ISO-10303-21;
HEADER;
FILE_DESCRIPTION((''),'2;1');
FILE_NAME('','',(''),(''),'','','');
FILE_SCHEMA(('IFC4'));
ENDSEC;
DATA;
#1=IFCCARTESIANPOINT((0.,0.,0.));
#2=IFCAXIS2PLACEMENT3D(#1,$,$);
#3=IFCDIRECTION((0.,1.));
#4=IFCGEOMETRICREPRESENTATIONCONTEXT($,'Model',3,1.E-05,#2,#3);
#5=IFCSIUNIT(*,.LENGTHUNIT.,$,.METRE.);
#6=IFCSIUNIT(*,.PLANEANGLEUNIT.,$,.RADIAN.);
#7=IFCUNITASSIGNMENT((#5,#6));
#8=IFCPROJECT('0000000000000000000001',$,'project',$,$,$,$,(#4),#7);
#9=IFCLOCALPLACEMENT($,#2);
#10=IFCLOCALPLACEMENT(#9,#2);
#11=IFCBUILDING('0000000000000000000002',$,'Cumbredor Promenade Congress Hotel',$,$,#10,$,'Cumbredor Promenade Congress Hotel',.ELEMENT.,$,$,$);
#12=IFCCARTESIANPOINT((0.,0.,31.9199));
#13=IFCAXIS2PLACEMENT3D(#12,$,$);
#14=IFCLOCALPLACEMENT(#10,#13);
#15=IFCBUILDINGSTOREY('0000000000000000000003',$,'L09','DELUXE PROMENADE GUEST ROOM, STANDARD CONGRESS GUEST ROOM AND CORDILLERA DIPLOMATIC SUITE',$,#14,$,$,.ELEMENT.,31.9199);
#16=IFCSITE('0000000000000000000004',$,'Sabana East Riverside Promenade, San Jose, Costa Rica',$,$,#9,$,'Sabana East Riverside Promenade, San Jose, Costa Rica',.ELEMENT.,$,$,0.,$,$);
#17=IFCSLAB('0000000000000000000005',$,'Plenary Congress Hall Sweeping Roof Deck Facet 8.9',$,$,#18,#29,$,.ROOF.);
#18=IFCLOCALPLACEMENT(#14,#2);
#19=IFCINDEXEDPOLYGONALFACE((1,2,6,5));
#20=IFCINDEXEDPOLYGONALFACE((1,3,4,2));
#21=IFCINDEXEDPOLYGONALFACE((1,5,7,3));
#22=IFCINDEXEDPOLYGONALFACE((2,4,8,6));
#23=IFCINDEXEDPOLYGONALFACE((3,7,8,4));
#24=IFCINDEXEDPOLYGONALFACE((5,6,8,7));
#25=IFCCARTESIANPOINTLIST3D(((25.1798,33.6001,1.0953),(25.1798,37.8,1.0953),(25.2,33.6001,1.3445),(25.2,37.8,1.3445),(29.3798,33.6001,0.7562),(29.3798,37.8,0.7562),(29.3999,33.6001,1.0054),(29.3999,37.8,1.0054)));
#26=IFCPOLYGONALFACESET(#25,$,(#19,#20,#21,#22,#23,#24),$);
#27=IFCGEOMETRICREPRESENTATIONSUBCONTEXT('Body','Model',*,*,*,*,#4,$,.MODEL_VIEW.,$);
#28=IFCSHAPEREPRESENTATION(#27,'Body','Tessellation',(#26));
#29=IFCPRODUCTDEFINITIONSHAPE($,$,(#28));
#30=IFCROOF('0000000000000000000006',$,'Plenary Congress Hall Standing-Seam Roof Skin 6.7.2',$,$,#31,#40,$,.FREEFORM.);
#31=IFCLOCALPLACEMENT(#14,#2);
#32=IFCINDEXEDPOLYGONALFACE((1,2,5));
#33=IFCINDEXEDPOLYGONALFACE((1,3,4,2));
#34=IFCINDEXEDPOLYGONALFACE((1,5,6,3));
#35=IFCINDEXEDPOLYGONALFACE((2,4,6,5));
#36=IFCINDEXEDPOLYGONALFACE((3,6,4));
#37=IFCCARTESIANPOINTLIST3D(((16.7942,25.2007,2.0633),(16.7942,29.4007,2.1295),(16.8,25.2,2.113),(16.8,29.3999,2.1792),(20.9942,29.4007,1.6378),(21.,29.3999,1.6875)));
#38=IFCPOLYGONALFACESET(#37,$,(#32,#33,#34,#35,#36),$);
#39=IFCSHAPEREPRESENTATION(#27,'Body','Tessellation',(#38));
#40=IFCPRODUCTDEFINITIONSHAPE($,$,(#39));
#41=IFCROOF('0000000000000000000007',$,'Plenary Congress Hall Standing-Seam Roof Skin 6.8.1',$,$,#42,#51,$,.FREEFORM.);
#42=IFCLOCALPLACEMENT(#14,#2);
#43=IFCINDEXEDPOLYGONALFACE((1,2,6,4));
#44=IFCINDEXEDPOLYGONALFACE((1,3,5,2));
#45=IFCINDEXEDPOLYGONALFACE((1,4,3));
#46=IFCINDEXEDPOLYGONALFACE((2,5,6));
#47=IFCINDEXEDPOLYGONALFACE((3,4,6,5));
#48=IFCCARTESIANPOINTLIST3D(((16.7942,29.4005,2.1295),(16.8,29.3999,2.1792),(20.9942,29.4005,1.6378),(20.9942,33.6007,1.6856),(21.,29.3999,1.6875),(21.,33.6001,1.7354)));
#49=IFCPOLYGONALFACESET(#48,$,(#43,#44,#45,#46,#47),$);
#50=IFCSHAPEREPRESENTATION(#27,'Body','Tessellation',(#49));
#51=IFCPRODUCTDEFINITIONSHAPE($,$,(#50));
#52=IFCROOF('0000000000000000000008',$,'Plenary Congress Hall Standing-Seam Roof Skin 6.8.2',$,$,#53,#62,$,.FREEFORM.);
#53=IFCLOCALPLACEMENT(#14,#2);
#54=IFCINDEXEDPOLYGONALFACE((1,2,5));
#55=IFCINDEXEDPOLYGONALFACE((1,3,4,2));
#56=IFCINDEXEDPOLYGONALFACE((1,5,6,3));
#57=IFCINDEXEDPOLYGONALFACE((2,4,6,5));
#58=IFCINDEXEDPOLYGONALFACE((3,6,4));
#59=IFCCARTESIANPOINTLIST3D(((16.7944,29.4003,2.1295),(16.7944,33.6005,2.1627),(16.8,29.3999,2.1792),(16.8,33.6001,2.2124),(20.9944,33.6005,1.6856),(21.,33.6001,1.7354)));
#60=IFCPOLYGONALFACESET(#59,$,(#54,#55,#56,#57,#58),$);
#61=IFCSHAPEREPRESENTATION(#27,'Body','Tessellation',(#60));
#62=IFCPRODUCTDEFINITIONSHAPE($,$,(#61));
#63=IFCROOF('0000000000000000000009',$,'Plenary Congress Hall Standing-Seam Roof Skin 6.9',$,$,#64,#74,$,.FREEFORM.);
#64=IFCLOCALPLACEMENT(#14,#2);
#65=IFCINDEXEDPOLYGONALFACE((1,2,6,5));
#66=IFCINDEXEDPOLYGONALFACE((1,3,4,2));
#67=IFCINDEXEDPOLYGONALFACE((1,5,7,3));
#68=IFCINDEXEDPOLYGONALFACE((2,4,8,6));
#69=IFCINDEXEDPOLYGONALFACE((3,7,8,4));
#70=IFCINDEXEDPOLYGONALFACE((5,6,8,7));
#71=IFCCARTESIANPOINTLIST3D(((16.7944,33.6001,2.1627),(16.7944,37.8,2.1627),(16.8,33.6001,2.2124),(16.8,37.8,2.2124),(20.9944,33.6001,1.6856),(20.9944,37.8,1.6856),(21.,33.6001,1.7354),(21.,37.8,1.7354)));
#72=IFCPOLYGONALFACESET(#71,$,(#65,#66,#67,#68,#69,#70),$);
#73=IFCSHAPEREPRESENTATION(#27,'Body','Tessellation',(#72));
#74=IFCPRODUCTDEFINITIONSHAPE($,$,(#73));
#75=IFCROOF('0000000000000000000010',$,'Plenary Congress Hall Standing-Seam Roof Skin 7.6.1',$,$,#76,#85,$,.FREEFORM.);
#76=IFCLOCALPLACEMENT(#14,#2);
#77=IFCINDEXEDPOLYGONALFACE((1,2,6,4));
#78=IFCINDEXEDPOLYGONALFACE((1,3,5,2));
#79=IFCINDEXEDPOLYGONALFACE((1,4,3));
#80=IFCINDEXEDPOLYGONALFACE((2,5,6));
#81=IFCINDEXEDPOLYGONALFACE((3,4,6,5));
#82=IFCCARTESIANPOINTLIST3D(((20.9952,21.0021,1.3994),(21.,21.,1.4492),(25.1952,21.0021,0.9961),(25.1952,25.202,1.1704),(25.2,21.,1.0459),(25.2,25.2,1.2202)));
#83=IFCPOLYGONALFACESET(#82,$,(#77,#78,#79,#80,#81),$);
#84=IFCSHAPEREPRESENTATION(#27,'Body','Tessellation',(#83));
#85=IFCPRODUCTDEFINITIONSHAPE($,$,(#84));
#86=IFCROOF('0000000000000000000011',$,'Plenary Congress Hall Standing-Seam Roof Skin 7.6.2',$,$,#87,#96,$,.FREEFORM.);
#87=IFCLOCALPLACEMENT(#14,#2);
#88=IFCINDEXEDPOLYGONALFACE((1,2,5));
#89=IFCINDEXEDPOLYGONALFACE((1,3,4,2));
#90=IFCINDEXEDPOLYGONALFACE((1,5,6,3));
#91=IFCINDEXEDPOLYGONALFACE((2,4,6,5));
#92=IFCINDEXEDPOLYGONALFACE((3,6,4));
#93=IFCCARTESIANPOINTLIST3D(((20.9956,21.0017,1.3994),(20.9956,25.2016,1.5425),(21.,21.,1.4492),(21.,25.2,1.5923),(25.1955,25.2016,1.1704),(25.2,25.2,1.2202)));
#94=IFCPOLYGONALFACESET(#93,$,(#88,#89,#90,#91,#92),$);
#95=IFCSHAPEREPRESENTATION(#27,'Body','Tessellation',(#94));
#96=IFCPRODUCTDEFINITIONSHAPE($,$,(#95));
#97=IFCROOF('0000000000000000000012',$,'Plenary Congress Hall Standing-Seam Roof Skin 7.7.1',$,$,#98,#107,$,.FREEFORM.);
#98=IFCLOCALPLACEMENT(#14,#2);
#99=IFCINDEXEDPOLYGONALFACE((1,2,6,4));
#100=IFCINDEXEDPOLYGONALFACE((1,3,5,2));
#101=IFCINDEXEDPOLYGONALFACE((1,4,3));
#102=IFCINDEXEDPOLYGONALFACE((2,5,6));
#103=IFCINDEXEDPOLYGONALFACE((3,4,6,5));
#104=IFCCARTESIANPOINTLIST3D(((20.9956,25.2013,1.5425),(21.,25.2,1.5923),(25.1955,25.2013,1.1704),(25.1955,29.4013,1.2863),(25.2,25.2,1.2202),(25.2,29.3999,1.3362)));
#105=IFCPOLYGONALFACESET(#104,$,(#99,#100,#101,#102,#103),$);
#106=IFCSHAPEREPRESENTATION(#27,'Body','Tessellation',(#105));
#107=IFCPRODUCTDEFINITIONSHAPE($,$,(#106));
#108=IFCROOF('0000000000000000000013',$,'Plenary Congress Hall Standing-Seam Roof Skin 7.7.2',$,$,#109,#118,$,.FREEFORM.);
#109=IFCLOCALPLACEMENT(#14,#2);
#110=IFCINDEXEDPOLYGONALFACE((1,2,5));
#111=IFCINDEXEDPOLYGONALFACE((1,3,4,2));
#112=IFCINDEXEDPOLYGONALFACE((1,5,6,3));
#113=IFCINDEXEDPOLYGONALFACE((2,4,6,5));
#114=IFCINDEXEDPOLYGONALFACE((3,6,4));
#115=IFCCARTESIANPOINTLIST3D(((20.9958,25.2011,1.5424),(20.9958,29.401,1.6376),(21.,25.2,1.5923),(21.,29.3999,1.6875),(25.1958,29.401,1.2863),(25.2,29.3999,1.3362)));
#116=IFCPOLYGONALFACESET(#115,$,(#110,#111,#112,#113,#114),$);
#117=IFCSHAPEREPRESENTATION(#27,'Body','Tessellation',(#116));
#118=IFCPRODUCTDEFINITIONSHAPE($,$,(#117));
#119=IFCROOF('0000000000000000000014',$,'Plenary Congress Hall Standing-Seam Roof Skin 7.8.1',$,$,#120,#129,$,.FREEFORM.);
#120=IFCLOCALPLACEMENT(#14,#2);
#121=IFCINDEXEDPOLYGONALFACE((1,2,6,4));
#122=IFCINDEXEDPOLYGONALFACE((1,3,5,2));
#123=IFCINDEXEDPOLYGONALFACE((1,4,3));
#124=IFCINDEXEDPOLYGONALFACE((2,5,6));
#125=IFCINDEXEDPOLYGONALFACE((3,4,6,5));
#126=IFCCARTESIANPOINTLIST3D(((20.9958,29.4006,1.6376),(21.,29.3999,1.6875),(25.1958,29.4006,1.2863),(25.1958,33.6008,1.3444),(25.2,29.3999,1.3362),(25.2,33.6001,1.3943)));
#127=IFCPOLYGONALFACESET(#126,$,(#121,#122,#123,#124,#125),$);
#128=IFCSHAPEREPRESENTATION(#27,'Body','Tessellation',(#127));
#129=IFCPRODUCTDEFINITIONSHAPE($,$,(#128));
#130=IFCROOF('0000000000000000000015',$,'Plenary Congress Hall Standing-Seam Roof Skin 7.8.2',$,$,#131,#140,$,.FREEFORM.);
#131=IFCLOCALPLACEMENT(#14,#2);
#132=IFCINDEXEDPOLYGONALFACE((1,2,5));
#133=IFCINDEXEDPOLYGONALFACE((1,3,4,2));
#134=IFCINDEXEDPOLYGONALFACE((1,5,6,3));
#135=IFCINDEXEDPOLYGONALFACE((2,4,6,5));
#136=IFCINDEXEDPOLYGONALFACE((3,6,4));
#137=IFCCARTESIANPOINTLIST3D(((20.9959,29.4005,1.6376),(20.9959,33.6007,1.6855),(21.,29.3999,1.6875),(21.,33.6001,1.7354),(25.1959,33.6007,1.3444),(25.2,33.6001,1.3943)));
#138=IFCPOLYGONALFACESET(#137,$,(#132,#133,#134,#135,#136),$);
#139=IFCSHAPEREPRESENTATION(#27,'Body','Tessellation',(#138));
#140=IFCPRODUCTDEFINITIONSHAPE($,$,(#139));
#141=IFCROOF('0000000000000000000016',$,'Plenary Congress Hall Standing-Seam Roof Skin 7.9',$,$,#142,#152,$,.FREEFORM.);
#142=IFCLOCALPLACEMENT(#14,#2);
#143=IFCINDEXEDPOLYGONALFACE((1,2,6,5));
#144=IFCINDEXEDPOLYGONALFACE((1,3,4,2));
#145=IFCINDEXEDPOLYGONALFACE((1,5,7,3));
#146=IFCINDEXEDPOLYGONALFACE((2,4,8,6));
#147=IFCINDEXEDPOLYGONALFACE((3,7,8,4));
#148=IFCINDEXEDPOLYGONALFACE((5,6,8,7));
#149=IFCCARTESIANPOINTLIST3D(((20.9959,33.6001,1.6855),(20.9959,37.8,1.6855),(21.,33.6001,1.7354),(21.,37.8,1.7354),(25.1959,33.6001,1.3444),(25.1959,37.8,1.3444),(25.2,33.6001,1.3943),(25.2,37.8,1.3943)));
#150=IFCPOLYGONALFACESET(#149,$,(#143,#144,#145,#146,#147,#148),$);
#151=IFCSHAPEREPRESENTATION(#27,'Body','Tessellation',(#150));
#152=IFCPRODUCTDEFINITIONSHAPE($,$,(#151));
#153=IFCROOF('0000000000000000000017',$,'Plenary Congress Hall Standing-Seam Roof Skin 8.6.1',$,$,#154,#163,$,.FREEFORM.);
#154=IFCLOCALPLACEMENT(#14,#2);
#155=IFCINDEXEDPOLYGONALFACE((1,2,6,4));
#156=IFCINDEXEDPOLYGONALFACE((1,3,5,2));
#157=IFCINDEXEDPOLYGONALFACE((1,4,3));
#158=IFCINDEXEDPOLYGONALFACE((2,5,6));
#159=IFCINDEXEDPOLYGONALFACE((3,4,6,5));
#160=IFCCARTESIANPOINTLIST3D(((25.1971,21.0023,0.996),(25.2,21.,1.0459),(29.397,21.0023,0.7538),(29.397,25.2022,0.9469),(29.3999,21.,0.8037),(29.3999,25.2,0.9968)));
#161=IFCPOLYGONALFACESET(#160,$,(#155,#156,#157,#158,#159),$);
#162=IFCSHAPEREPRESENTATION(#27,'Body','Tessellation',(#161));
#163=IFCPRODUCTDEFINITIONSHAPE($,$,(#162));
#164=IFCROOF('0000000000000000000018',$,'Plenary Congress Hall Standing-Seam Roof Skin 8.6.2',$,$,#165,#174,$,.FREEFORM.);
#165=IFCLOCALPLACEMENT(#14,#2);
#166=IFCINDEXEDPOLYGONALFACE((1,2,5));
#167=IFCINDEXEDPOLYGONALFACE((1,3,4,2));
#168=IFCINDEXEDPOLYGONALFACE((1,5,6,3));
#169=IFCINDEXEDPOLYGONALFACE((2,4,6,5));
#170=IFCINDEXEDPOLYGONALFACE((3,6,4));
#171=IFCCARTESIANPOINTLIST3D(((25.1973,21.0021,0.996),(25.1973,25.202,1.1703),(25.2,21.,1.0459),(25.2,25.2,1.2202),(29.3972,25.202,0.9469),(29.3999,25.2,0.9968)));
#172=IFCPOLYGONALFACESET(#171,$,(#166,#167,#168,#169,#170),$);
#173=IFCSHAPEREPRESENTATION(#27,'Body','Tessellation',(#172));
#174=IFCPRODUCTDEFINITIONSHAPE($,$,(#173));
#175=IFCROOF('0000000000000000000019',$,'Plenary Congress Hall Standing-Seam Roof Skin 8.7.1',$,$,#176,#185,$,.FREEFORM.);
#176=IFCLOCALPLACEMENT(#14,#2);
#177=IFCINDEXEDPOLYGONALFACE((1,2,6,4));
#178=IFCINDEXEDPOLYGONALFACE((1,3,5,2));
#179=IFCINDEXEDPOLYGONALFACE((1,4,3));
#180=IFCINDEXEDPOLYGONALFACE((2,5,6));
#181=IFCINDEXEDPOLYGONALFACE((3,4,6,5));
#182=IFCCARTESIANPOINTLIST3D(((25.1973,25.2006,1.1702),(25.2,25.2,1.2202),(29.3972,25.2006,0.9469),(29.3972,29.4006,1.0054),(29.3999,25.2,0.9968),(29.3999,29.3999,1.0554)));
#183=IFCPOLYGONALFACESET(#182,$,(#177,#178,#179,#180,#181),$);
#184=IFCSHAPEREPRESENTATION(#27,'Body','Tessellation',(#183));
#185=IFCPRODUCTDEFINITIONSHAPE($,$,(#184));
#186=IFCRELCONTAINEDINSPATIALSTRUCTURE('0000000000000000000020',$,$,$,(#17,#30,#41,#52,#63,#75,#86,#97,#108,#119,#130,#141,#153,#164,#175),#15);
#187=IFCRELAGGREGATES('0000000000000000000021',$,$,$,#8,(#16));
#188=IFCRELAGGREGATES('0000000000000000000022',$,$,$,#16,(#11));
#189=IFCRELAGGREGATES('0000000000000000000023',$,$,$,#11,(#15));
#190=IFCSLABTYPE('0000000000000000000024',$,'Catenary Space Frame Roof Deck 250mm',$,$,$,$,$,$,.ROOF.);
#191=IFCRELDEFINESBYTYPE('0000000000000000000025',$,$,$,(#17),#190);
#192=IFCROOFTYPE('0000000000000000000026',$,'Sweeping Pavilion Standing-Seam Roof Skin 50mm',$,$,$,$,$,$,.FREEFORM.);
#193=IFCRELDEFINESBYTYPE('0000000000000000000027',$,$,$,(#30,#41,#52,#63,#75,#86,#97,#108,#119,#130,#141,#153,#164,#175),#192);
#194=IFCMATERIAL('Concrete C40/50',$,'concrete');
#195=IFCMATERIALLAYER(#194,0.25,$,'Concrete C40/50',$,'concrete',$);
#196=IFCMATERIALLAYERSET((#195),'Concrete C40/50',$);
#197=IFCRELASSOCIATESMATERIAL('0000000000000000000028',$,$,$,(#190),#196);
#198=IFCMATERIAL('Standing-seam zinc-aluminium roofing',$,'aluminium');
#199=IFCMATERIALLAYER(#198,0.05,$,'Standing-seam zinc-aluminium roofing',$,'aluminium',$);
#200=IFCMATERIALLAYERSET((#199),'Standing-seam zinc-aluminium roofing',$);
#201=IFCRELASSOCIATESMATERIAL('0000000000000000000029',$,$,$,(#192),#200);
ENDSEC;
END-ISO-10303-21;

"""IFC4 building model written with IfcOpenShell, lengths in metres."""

from ifc_helpers import new_model, si_unit, direction, frame, origin, place, context, subcontext, project, spatial, polyline, outline, extrude, material, layer, layer_set, type_object, element, save


model = new_model("IFC4")

# Units and contexts
model_context = context("Model", 3, precision=1e-05, world=origin(), true_north=direction((0.0, 1.0)))
body_context = subcontext(model_context, "Body", "Model", "MODEL_VIEW")
ifc_project = project(units=[si_unit("LENGTHUNIT", "METRE"), si_unit("PLANEANGLEUNIT", "RADIAN")], contexts=[model_context])

# Site, building, storey
site_placement = place(None, origin())
site = spatial("IfcSite", under=ifc_project, at=site_placement, Name="Sabana East Riverside Promenade, San Jose, Costa Rica", LongName="Sabana East Riverside Promenade, San Jose, Costa Rica", CompositionType="ELEMENT", RefElevation=0.0)
building_placement = place(site_placement, origin())
building = spatial("IfcBuilding", under=site, at=building_placement, Name="Cumbredor Promenade Congress Hotel", LongName="Cumbredor Promenade Congress Hotel", CompositionType="ELEMENT")
storey_placement = place(building_placement, frame((0.0, 0.0, 31.9199)))
storey = spatial("IfcBuildingStorey", under=building, at=storey_placement, Name="L09", Description="DELUXE PROMENADE GUEST ROOM, STANDARD CONGRESS GUEST ROOM AND CORDILLERA DIPLOMATIC SUITE", CompositionType="ELEMENT", Elevation=31.9199)

# Slab
ifc_material_1 = material(Name="Concrete C40/50", Category="concrete")
ifc_layer_1 = layer(ifc_material_1, 0.25, Name="Concrete C40/50", Category="concrete")
ifc_layer_set_1 = layer_set([ifc_layer_1], Name="Concrete C40/50")
slab_type = type_object("IfcSlabType", Name="Catenary Space Frame Roof Deck 250mm", PredefinedType="ROOF", material=ifc_layer_set_1)
slab_1_placement = place(storey_placement, frame((25.2, 33.6001, 1.3445), z_axis=(0.08048, 0.0, 0.996756), x_axis=(0.996756, 0.0, -0.08048)))
element("IfcSlab", 1, at=slab_1_placement, inside=storey, type_object=slab_type, Name="Plenary Congress Hall Sweeping Roof Deck Facet 8.9", PredefinedType="ROOF", context=body_context, shape_type="SweptSolid", body=[
    extrude(outline(polyline([(0.0, 0.0), (4.2136, 0.0), (4.2136, 4.2), (0.0, 4.2), (0.0, 0.0)])), origin(), (0.0, 0.0, -1.0), 0.25),
])

# Roofs
ifc_material_2 = material(Name="Standing-seam zinc-aluminium roofing", Category="aluminium")
ifc_layer_2 = layer(ifc_material_2, 0.05, Name="Standing-seam zinc-aluminium roofing", Category="aluminium")
ifc_layer_set_2 = layer_set([ifc_layer_2], Name="Standing-seam zinc-aluminium roofing")
roof_type = type_object("IfcRoofType", Name="Sweeping Pavilion Standing-Seam Roof Skin 50mm", PredefinedType="FREEFORM", material=ifc_layer_set_2)
roof_1_placement = place(storey_placement, frame((16.8, 25.2, 2.113), z_axis=(0.116264, -0.015644, 0.993095), x_axis=(0.705299, 0.705299, -0.071461)))
element("IfcRoof", 2, at=roof_1_placement, inside=storey, type_object=roof_type, Name="Plenary Congress Hall Standing-Seam Roof Skin 6.7.2", PredefinedType="FREEFORM", context=body_context, shape_type="SweptSolid", body=[
    extrude(outline(polyline([(0.0, 0.0), (5.9549, 0.0), (2.9575, 2.9828), (0.0, 0.0)])), origin(), (0.0, 0.0, -1.0), 0.05),
])
roof_2_placement = place(storey_placement, frame((16.8, 29.3999, 2.1792), z_axis=(0.116271, -0.011315, 0.993153), x_axis=(0.993217, 0.0, -0.116278)))
element("IfcRoof", 3, at=roof_2_placement, inside=storey, type_object=roof_type, Name="Plenary Congress Hall Standing-Seam Roof Skin 6.8.1", PredefinedType="FREEFORM", context=body_context, shape_type="SweptSolid", body=[
    extrude(outline(polyline([(0.0, 0.0), (4.2286, 0.0), (4.2231, 4.2005), (0.0, 0.0)])), origin(), (0.0, 0.0, -1.0), 0.05),
])
roof_3_placement = place(storey_placement, frame((16.8, 29.3999, 2.1792), z_axis=(0.112856, -0.007854, 0.99358), x_axis=(0.70512, 0.705161, -0.074517)))
element("IfcRoof", 4, at=roof_3_placement, inside=storey, type_object=roof_type, Name="Plenary Congress Hall Standing-Seam Roof Skin 6.8.2", PredefinedType="FREEFORM", context=body_context, shape_type="SweptSolid", body=[
    extrude(outline(polyline([(0.0, 0.0), (5.9564, 0.0), (2.9593, 2.9808), (0.0, 0.0)])), origin(), (0.0, 0.0, -1.0), 0.05),
])
roof_4_placement = place(storey_placement, frame((16.8, 33.6001, 2.2124), z_axis=(0.112859, 0.0, 0.993611), x_axis=(0.993611, 0.0, -0.112859)))
element("IfcRoof", 5, at=roof_4_placement, inside=storey, type_object=roof_type, Name="Plenary Congress Hall Standing-Seam Roof Skin 6.9", PredefinedType="FREEFORM", context=body_context, shape_type="SweptSolid", body=[
    extrude(outline(polyline([(0.0, 0.0), (4.227, 0.0), (4.227, 4.2), (0.0, 4.2), (0.0, 0.0)])), origin(), (0.0, 0.0, -1.0), 0.05),
])
roof_5_placement = place(storey_placement, frame((21.0, 21.0, 1.4492), z_axis=(0.095509, -0.041279, 0.994572), x_axis=(0.995421, 0.0, -0.09559)))
element("IfcRoof", 6, at=roof_5_placement, inside=storey, type_object=roof_type, Name="Plenary Congress Hall Standing-Seam Roof Skin 7.6.1", PredefinedType="FREEFORM", context=body_context, shape_type="SweptSolid", body=[
    extrude(outline(polyline([(0.0, 0.0), (4.2193, 0.0), (4.2026, 4.2035), (0.0, 0.0)])), origin(), (0.0, 0.0, -1.0), 0.05),
])
roof_6_placement = place(storey_placement, frame((21.0, 21.0, 1.4492), z_axis=(0.088193, -0.033911, 0.995526), x_axis=(0.706582, 0.706582, -0.038527)))
element("IfcRoof", 7, at=roof_6_placement, inside=storey, type_object=roof_type, Name="Plenary Congress Hall Standing-Seam Roof Skin 7.6.2", PredefinedType="FREEFORM", context=body_context, shape_type="SweptSolid", body=[
    extrude(outline(polyline([(0.0, 0.0), (5.944, 0.0), (2.9621, 2.9809), (0.0, 0.0)])), origin(), (0.0, 0.0, -1.0), 0.05),
])
roof_7_placement = place(storey_placement, frame((21.0, 25.2, 1.5923), z_axis=(0.08821, -0.027493, 0.995722), x_axis=(0.996099, 0.0, -0.088244)))
element("IfcRoof", 8, at=roof_7_placement, inside=storey, type_object=roof_type, Name="Plenary Congress Hall Standing-Seam Roof Skin 7.7.1", PredefinedType="FREEFORM", context=body_context, shape_type="SweptSolid", body=[
    extrude(outline(polyline([(0.0, 0.0), (4.2164, 0.0), (4.2062, 4.2015), (0.0, 0.0)])), origin(), (0.0, 0.0, -1.0), 0.05),
])
roof_8_placement = place(storey_placement, frame((21.0, 25.2, 1.5923), z_axis=(0.083336, -0.022586, 0.996266), x_axis=(0.70645, 0.70645, -0.043078)))
element("IfcRoof", 9, at=roof_8_placement, inside=storey, type_object=roof_type, Name="Plenary Congress Hall Standing-Seam Roof Skin 7.7.2", PredefinedType="FREEFORM", context=body_context, shape_type="SweptSolid", body=[
    extrude(outline(polyline([(0.0, 0.0), (5.9451, 0.0), (2.963, 2.9782), (0.0, 0.0)])), origin(), (0.0, 0.0, -1.0), 0.05),
])
roof_9_placement = place(storey_placement, frame((21.0, 29.3999, 1.6875), z_axis=(0.083349, -0.013785, 0.996425), x_axis=(0.99652, 0.0, -0.083357)))
element("IfcRoof", 10, at=roof_9_placement, inside=storey, type_object=roof_type, Name="Plenary Congress Hall Standing-Seam Roof Skin 7.8.1", PredefinedType="FREEFORM", context=body_context, shape_type="SweptSolid", body=[
    extrude(outline(polyline([(0.0, 0.0), (4.2146, 0.0), (4.2098, 4.2006), (0.0, 0.0)])), origin(), (0.0, 0.0, -1.0), 0.05),
])
roof_10_placement = place(storey_placement, frame((21.0, 29.3999, 1.6875), z_axis=(0.080935, -0.011355, 0.996655), x_axis=(0.706226, 0.706267, -0.049304)))
element("IfcRoof", 11, at=roof_10_placement, inside=storey, type_object=roof_type, Name="Plenary Congress Hall Standing-Seam Roof Skin 7.8.2", PredefinedType="FREEFORM", context=body_context, shape_type="SweptSolid", body=[
    extrude(outline(polyline([(0.0, 0.0), (5.947, 0.0), (2.9641, 2.9762), (0.0, 0.0)])), origin(), (0.0, 0.0, -1.0), 0.05),
])
roof_11_placement = place(storey_placement, frame((21.0, 33.6001, 1.7354), z_axis=(0.08094, 0.0, 0.996719), x_axis=(0.996719, 0.0, -0.08094)))
element("IfcRoof", 12, at=roof_11_placement, inside=storey, type_object=roof_type, Name="Plenary Congress Hall Standing-Seam Roof Skin 7.9", PredefinedType="FREEFORM", context=body_context, shape_type="SweptSolid", body=[
    extrude(outline(polyline([(0.0, 0.0), (4.2138, 0.0), (4.2138, 4.2), (0.0, 4.2), (0.0, 0.0)])), origin(), (0.0, 0.0, -1.0), 0.05),
])
roof_12_placement = place(storey_placement, frame((25.2, 21.0, 1.0459), z_axis=(0.057508, -0.045856, 0.997291), x_axis=(0.998342, 0.0, -0.057569)))
element("IfcRoof", 13, at=roof_12_placement, inside=storey, type_object=roof_type, Name="Plenary Congress Hall Standing-Seam Roof Skin 8.6.1", PredefinedType="FREEFORM", context=body_context, shape_type="SweptSolid", body=[
    extrude(outline(polyline([(0.0, 0.0), (4.2069, 0.0), (4.1958, 4.2044), (0.0, 0.0)])), origin(), (0.0, 0.0, -1.0), 0.05),
])
roof_13_placement = place(storey_placement, frame((25.2, 21.0, 1.0459), z_axis=(0.053068, -0.04141, 0.997732), x_axis=(0.707083, 0.707083, -0.008262)))
element("IfcRoof", 14, at=roof_13_placement, inside=storey, type_object=roof_type, Name="Plenary Congress Hall Standing-Seam Roof Skin 8.6.2", PredefinedType="FREEFORM", context=body_context, shape_type="SweptSolid", body=[
    extrude(outline(polyline([(0.0, 0.0), (5.9398, 0.0), (2.9683, 2.9765), (0.0, 0.0)])), origin(), (0.0, 0.0, -1.0), 0.05),
])
roof_14_placement = place(storey_placement, frame((25.2, 25.2, 1.2202), z_axis=(0.053108, -0.01393, 0.998492), x_axis=(0.998588, 0.0, -0.053113)))
element("IfcRoof", 15, at=roof_14_placement, inside=storey, type_object=roof_type, Name="Plenary Congress Hall Standing-Seam Roof Skin 8.7.1", PredefinedType="FREEFORM", context=body_context, shape_type="SweptSolid", body=[
    extrude(outline(polyline([(0.0, 0.0), (4.2059, 0.0), (4.2028, 4.2004), (0.0, 0.0)])), origin(), (0.0, 0.0, -1.0), 0.05),
])

save(model, "model.ifc")
